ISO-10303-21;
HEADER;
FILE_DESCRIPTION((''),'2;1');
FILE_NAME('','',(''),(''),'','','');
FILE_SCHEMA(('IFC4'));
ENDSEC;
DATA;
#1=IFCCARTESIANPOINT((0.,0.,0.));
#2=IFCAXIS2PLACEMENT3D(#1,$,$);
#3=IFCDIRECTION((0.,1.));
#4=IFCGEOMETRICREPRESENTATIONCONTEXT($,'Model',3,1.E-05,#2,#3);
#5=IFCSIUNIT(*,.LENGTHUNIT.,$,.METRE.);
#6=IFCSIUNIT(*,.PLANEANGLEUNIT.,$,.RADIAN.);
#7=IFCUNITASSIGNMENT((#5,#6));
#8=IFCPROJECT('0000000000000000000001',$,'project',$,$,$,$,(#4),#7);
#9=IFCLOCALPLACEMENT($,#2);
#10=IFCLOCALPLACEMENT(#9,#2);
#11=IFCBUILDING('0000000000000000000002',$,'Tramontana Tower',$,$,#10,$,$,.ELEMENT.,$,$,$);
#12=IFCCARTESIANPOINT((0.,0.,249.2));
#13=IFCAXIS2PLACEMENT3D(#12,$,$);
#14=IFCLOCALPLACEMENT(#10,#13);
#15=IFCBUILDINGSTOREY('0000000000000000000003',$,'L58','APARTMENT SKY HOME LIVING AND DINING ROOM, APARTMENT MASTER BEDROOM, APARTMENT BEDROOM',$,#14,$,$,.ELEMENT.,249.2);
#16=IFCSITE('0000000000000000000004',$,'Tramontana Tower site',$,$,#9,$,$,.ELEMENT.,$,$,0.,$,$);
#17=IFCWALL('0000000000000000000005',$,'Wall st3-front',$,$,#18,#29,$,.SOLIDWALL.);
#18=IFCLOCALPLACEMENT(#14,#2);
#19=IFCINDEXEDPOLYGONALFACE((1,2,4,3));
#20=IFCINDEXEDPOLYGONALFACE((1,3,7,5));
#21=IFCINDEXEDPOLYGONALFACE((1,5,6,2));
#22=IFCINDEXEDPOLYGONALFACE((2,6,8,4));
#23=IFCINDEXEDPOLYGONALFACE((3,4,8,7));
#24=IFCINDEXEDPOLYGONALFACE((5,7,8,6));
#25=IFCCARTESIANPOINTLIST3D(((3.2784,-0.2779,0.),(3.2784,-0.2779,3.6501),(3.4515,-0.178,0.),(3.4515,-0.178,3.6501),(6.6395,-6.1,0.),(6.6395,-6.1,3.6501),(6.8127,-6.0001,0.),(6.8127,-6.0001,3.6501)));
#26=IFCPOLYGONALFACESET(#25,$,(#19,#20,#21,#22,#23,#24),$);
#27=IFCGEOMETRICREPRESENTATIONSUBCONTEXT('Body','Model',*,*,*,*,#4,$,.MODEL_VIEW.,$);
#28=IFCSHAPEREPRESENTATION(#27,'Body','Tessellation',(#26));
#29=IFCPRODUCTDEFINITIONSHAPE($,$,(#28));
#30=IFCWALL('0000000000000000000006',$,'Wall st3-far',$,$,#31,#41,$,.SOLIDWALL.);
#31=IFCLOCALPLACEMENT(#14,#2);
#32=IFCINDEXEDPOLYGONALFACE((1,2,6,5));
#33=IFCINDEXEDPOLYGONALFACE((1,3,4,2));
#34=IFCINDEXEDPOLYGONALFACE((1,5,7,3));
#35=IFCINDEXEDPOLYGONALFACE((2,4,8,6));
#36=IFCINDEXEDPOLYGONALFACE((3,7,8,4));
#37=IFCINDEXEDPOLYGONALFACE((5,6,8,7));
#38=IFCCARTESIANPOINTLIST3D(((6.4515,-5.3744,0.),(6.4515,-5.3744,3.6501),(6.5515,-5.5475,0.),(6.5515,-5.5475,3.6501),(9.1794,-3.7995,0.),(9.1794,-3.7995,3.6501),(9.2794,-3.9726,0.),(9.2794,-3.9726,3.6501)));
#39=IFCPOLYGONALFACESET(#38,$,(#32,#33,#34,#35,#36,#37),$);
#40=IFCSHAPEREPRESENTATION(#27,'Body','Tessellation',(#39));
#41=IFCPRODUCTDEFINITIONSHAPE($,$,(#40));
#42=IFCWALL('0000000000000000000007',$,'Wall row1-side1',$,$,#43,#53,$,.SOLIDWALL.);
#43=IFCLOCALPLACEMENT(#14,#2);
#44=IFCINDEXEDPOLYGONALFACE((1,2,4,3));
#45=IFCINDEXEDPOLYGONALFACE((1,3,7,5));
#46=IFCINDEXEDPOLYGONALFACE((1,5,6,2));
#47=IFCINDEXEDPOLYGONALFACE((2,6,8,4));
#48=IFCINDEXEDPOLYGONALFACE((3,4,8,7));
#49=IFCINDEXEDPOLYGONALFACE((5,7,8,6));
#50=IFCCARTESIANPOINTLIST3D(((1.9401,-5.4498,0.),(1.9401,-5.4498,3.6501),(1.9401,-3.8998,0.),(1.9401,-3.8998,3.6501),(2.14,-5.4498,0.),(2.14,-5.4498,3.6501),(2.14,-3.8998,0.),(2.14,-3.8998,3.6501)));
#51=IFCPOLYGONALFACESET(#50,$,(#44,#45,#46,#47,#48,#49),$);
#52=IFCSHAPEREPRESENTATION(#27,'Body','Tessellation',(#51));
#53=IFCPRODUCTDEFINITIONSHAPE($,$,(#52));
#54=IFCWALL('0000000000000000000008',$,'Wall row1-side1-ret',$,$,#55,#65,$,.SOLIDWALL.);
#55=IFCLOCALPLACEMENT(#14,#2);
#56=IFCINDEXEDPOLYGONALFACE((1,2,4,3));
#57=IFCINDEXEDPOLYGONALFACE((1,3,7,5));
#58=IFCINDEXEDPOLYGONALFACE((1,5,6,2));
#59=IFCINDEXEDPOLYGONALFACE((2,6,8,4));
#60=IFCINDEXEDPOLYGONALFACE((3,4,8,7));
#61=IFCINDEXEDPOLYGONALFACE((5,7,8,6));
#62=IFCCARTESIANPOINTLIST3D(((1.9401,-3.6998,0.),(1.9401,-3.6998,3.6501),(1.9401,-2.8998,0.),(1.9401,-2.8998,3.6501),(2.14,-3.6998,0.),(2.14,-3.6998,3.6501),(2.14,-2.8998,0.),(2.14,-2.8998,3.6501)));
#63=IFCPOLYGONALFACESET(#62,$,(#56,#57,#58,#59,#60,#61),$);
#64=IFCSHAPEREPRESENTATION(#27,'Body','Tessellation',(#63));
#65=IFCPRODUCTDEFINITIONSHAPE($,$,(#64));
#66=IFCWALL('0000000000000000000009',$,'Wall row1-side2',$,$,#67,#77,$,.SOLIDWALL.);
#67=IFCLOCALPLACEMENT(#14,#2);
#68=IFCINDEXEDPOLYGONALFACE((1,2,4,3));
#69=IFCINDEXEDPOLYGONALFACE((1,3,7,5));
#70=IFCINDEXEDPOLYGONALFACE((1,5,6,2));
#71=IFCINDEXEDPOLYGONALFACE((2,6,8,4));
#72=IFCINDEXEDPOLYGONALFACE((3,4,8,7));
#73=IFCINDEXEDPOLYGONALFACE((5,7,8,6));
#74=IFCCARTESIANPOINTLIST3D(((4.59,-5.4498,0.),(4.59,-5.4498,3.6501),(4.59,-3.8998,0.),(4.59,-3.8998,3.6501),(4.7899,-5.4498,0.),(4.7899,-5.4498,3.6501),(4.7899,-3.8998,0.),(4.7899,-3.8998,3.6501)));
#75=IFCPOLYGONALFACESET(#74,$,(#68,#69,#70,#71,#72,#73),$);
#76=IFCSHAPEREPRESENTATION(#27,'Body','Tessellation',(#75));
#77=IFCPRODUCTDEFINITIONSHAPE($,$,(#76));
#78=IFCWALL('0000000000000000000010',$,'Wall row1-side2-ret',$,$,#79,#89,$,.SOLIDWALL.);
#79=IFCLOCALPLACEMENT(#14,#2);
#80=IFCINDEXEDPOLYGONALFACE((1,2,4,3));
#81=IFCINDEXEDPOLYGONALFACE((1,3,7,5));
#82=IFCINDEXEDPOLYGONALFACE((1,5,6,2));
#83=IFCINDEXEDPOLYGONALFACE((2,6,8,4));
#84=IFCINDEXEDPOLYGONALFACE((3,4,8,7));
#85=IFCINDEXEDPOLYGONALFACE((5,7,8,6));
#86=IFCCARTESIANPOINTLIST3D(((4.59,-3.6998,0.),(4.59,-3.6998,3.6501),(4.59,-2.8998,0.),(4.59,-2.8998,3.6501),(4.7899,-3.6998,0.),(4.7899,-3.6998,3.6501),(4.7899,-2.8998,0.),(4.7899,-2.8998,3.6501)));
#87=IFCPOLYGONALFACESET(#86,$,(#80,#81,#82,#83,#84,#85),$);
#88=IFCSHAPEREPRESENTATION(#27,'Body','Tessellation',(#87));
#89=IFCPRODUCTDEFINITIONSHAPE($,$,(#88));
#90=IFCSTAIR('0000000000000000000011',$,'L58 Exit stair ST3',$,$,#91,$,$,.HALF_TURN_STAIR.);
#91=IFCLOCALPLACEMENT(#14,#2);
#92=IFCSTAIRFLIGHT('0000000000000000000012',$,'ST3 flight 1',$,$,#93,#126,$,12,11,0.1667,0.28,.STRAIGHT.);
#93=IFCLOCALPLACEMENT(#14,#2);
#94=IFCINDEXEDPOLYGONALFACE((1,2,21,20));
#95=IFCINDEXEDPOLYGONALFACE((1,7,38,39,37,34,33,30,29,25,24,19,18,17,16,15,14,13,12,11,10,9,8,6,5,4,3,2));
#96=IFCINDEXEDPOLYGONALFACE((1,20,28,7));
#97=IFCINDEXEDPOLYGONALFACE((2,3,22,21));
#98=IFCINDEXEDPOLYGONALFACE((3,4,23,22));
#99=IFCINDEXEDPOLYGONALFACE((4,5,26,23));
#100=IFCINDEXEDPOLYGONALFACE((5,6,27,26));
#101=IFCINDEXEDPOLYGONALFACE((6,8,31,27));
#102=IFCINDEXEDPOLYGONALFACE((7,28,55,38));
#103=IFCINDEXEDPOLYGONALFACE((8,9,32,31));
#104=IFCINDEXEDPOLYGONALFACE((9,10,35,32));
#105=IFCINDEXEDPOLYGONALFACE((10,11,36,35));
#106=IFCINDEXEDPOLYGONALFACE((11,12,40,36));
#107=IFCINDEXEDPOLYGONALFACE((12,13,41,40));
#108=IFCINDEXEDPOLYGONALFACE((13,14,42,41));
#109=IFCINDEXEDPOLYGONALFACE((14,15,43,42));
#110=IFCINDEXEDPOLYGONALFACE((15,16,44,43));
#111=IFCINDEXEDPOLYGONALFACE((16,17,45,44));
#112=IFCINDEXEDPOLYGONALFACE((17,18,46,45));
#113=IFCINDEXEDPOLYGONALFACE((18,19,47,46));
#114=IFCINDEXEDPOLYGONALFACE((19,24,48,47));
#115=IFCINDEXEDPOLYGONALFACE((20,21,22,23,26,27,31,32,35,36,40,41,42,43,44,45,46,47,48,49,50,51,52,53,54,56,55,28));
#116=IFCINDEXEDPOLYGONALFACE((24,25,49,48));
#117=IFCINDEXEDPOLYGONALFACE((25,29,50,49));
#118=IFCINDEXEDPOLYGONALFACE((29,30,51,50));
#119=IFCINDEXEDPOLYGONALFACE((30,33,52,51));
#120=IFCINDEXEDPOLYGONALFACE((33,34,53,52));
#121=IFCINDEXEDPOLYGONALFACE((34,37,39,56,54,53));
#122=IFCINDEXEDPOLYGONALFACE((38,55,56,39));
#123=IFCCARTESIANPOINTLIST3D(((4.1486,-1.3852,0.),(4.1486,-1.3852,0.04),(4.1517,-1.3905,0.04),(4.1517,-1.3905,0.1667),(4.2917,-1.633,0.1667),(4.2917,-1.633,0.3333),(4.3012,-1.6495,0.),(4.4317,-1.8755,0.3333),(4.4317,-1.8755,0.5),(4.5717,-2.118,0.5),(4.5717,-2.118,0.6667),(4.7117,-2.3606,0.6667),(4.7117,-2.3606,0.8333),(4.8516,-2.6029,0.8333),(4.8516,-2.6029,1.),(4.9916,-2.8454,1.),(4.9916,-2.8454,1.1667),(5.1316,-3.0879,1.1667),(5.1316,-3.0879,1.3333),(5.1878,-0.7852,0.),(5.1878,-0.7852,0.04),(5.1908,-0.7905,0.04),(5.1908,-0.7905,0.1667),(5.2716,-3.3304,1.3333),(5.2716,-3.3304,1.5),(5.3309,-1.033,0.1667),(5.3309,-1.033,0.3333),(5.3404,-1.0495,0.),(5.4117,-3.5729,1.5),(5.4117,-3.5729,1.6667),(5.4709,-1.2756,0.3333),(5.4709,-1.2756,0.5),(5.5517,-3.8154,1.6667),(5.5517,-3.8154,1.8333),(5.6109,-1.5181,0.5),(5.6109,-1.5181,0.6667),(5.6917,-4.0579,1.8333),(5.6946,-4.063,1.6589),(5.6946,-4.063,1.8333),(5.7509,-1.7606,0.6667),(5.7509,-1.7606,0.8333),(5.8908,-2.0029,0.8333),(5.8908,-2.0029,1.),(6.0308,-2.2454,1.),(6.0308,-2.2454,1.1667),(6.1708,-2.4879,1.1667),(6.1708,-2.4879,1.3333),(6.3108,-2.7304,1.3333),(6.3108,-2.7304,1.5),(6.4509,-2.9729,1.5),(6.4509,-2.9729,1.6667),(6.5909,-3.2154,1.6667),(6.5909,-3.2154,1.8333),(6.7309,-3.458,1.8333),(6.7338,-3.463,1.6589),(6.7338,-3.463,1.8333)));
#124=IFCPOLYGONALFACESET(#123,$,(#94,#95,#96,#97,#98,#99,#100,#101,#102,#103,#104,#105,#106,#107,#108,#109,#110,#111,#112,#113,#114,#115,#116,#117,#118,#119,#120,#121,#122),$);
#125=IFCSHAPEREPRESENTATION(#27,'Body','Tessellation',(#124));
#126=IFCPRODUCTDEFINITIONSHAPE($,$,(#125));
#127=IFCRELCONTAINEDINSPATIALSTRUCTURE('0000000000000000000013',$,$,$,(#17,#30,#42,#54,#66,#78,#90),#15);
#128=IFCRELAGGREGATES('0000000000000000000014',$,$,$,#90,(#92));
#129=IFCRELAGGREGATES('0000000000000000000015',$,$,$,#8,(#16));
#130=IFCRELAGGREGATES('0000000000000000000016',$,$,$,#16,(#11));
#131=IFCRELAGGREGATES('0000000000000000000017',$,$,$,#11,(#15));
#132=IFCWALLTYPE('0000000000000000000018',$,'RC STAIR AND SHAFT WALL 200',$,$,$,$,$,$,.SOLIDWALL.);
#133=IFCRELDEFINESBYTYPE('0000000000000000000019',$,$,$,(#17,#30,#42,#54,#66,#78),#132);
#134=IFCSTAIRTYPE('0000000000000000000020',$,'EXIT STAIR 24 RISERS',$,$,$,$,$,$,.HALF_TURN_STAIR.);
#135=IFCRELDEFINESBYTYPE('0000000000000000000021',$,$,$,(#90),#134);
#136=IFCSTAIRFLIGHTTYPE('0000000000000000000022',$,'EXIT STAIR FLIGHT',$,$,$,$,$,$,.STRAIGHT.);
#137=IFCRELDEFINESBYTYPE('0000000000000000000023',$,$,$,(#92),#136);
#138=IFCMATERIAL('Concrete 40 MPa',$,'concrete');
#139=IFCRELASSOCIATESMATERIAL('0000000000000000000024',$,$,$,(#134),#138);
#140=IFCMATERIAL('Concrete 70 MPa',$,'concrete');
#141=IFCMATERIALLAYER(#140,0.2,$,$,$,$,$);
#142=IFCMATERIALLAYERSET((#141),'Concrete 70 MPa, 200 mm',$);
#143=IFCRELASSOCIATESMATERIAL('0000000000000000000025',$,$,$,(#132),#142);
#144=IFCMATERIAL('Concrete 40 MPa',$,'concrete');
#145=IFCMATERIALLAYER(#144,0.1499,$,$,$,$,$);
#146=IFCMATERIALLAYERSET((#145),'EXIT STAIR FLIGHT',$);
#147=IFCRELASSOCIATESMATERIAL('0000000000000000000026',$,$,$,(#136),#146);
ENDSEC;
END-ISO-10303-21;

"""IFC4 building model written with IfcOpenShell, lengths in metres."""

from ifc_helpers import new_model, si_unit, direction, frame, frame_2d, origin, place, context, subcontext, project, spatial, polyline, rectangle, outline, extrude, material, layer, layer_set, type_object, element, aggregate, save


model = new_model("IFC4")

# Units and contexts
model_context = context("Model", 3, precision=1e-05, world=origin(), true_north=direction((0.0, 1.0)))
body_context = subcontext(model_context, "Body", "Model", "MODEL_VIEW")
ifc_project = project(units=[si_unit("LENGTHUNIT", "METRE"), si_unit("PLANEANGLEUNIT", "RADIAN")], contexts=[model_context])

# Site, building, storey
site_placement = place(None, origin())
site = spatial("IfcSite", under=ifc_project, at=site_placement, Name="Tramontana Tower site", CompositionType="ELEMENT", RefElevation=0.0)
building_placement = place(site_placement, origin())
building = spatial("IfcBuilding", under=site, at=building_placement, Name="Tramontana Tower", CompositionType="ELEMENT")
storey_placement = place(building_placement, frame((0.0, 0.0, 249.2)))
storey = spatial("IfcBuildingStorey", under=building, at=storey_placement, Name="L58", Description="APARTMENT SKY HOME LIVING AND DINING ROOM, APARTMENT MASTER BEDROOM, APARTMENT BEDROOM", CompositionType="ELEMENT", Elevation=249.2)

# Shared definitions
ifc_material_1 = material(Name="Concrete 40 MPa", Category="concrete")
stair_type = type_object("IfcStairType", Name="EXIT STAIR 24 RISERS", PredefinedType="HALF_TURN_STAIR", material=ifc_material_1)

# Walls
ifc_material_2 = material(Name="Concrete 70 MPa", Category="concrete")
ifc_layer_1 = layer(ifc_material_2, 0.2)
ifc_layer_set_1 = layer_set([ifc_layer_1], Name="Concrete 70 MPa, 200 mm")
wall_type_1 = type_object("IfcWallType", Name="RC STAIR AND SHAFT WALL 200", PredefinedType="SOLIDWALL", material=ifc_layer_set_1)
wall_1_placement = place(storey_placement, frame((6.7261, -6.05, 0.0), z_axis=(0.0, 0.0, 1.0), x_axis=(-0.499971, 0.866042, 0.0)))
element("IfcWall", 1, at=wall_1_placement, inside=storey, type_object=wall_type_1, Name="Wall st3-front", PredefinedType="SOLIDWALL", context=body_context, shape_type="SweptSolid", body=[
    extrude(rectangle(XDim=6.7227, YDim=0.2, at=frame_2d((3.3613, 0.0))), origin(), (0.0, 0.0, 1.0), 3.6501),
])
wall_2_placement = place(storey_placement, frame((6.5015, -5.4609, 0.0), z_axis=(0.0, 0.0, 1.0), x_axis=(0.866036, 0.499982, 0.0)))
element("IfcWall", 2, at=wall_2_placement, inside=storey, type_object=wall_type_1, Name="Wall st3-far", PredefinedType="SOLIDWALL", context=body_context, shape_type="SweptSolid", body=[
    extrude(rectangle(XDim=3.1499, YDim=0.2, at=frame_2d((1.575, 0.0))), origin(), (0.0, 0.0, 1.0), 3.6501),
])

# Walls
wall_3_placement = place(storey_placement, frame((2.04, -3.8999, 0.0), z_axis=(0.0, 0.0, 1.0), x_axis=(0.0, -1.0, 0.0)))
element("IfcWall", 3, at=wall_3_placement, inside=storey, type_object=wall_type_1, Name="Wall row1-side1", PredefinedType="SOLIDWALL", context=body_context, shape_type="SweptSolid", body=[
    extrude(rectangle(XDim=1.55, YDim=0.2, at=frame_2d((0.7749, 0.0))), origin(), (0.0, 0.0, 1.0), 3.6501),
])
wall_4_placement = place(storey_placement, frame((2.04, -2.8999, 0.0), z_axis=(0.0, 0.0, 1.0), x_axis=(0.0, -1.0, 0.0)))
element("IfcWall", 4, at=wall_4_placement, inside=storey, type_object=wall_type_1, Name="Wall row1-side1-ret", PredefinedType="SOLIDWALL", context=body_context, shape_type="SweptSolid", body=[
    extrude(rectangle(XDim=0.8, YDim=0.2, at=frame_2d((0.3999, 0.0))), origin(), (0.0, 0.0, 1.0), 3.6501),
])
wall_5_placement = place(storey_placement, frame((4.6899, -3.8999, 0.0), z_axis=(0.0, 0.0, 1.0), x_axis=(0.0, -1.0, 0.0)))
element("IfcWall", 5, at=wall_5_placement, inside=storey, type_object=wall_type_1, Name="Wall row1-side2", PredefinedType="SOLIDWALL", context=body_context, shape_type="SweptSolid", body=[
    extrude(rectangle(XDim=1.55, YDim=0.2, at=frame_2d((0.7749, 0.0))), origin(), (0.0, 0.0, 1.0), 3.6501),
])
wall_6_placement = place(storey_placement, frame((4.6899, -2.8999, 0.0), z_axis=(0.0, 0.0, 1.0), x_axis=(0.0, -1.0, 0.0)))
element("IfcWall", 6, at=wall_6_placement, inside=storey, type_object=wall_type_1, Name="Wall row1-side2-ret", PredefinedType="SOLIDWALL", context=body_context, shape_type="SweptSolid", body=[
    extrude(rectangle(XDim=0.8, YDim=0.2, at=frame_2d((0.3999, 0.0))), origin(), (0.0, 0.0, 1.0), 3.6501),
])

# Stair, stair flight
stair_1_placement = place(storey_placement, origin())
stair_1 = element("IfcStair", 7, at=stair_1_placement, inside=storey, type_object=stair_type, Name="L58 Exit stair ST3", PredefinedType="HALF_TURN_STAIR")
ifc_material_3 = material(Name="Concrete 40 MPa", Category="concrete")
ifc_layer_2 = layer(ifc_material_3, 0.1499)
ifc_layer_set_2 = layer_set([ifc_layer_2], Name="EXIT STAIR FLIGHT")
stair_flight_type = type_object("IfcStairFlightType", Name="EXIT STAIR FLIGHT", PredefinedType="STRAIGHT", material=ifc_layer_set_2)
stair_flight_placement = place(storey_placement, frame((4.6711, -1.0906, 0.0), z_axis=(0.0, 0.0, 1.0), x_axis=(0.5, -0.866025, 0.0)))
stair_flight = element("IfcStairFlight", 8, at=stair_flight_placement, type_object=stair_flight_type, Name="ST3 flight 1", NumberOfRisers=12, NumberOfTreads=11, PredefinedType="STRAIGHT", RiserHeight=0.1667, TreadLength=0.28, context=body_context, shape_type="SweptSolid", body=[
    extrude(outline(polyline([(-0.0061, 0.0), (-0.0061, 0.04), (0.0, 0.04), (0.0, 0.1667), (0.28, 0.1667), (0.28, 0.3333), (0.5601, 0.3333), (0.5601, 0.5), (0.8401, 0.5), (0.8401, 0.6667), (1.1201, 0.6667), (1.1201, 0.8333), (1.3999, 0.8333), (1.3999, 1.0), (1.6799, 1.0), (1.6799, 1.1667), (1.96, 1.1667), (1.96, 1.3333), (2.24, 1.3333), (2.24, 1.5), (2.52, 1.5), (2.52, 1.6667), (2.8, 1.6667), (2.8, 1.8333), (3.0801, 1.8333), (3.0859, 1.8333), (3.0859, 1.6589), (0.2991, 0.0), (-0.0061, 0.0)])), frame((0.0, 0.6001, 0.0), z_axis=(0.0, -1.0, 0.0), x_axis=(1.0, 0.0, 0.0)), (0.0, 0.0, 1.0), 1.2),
])
aggregate(stair_1, [stair_flight])

save(model, "model.ifc")
